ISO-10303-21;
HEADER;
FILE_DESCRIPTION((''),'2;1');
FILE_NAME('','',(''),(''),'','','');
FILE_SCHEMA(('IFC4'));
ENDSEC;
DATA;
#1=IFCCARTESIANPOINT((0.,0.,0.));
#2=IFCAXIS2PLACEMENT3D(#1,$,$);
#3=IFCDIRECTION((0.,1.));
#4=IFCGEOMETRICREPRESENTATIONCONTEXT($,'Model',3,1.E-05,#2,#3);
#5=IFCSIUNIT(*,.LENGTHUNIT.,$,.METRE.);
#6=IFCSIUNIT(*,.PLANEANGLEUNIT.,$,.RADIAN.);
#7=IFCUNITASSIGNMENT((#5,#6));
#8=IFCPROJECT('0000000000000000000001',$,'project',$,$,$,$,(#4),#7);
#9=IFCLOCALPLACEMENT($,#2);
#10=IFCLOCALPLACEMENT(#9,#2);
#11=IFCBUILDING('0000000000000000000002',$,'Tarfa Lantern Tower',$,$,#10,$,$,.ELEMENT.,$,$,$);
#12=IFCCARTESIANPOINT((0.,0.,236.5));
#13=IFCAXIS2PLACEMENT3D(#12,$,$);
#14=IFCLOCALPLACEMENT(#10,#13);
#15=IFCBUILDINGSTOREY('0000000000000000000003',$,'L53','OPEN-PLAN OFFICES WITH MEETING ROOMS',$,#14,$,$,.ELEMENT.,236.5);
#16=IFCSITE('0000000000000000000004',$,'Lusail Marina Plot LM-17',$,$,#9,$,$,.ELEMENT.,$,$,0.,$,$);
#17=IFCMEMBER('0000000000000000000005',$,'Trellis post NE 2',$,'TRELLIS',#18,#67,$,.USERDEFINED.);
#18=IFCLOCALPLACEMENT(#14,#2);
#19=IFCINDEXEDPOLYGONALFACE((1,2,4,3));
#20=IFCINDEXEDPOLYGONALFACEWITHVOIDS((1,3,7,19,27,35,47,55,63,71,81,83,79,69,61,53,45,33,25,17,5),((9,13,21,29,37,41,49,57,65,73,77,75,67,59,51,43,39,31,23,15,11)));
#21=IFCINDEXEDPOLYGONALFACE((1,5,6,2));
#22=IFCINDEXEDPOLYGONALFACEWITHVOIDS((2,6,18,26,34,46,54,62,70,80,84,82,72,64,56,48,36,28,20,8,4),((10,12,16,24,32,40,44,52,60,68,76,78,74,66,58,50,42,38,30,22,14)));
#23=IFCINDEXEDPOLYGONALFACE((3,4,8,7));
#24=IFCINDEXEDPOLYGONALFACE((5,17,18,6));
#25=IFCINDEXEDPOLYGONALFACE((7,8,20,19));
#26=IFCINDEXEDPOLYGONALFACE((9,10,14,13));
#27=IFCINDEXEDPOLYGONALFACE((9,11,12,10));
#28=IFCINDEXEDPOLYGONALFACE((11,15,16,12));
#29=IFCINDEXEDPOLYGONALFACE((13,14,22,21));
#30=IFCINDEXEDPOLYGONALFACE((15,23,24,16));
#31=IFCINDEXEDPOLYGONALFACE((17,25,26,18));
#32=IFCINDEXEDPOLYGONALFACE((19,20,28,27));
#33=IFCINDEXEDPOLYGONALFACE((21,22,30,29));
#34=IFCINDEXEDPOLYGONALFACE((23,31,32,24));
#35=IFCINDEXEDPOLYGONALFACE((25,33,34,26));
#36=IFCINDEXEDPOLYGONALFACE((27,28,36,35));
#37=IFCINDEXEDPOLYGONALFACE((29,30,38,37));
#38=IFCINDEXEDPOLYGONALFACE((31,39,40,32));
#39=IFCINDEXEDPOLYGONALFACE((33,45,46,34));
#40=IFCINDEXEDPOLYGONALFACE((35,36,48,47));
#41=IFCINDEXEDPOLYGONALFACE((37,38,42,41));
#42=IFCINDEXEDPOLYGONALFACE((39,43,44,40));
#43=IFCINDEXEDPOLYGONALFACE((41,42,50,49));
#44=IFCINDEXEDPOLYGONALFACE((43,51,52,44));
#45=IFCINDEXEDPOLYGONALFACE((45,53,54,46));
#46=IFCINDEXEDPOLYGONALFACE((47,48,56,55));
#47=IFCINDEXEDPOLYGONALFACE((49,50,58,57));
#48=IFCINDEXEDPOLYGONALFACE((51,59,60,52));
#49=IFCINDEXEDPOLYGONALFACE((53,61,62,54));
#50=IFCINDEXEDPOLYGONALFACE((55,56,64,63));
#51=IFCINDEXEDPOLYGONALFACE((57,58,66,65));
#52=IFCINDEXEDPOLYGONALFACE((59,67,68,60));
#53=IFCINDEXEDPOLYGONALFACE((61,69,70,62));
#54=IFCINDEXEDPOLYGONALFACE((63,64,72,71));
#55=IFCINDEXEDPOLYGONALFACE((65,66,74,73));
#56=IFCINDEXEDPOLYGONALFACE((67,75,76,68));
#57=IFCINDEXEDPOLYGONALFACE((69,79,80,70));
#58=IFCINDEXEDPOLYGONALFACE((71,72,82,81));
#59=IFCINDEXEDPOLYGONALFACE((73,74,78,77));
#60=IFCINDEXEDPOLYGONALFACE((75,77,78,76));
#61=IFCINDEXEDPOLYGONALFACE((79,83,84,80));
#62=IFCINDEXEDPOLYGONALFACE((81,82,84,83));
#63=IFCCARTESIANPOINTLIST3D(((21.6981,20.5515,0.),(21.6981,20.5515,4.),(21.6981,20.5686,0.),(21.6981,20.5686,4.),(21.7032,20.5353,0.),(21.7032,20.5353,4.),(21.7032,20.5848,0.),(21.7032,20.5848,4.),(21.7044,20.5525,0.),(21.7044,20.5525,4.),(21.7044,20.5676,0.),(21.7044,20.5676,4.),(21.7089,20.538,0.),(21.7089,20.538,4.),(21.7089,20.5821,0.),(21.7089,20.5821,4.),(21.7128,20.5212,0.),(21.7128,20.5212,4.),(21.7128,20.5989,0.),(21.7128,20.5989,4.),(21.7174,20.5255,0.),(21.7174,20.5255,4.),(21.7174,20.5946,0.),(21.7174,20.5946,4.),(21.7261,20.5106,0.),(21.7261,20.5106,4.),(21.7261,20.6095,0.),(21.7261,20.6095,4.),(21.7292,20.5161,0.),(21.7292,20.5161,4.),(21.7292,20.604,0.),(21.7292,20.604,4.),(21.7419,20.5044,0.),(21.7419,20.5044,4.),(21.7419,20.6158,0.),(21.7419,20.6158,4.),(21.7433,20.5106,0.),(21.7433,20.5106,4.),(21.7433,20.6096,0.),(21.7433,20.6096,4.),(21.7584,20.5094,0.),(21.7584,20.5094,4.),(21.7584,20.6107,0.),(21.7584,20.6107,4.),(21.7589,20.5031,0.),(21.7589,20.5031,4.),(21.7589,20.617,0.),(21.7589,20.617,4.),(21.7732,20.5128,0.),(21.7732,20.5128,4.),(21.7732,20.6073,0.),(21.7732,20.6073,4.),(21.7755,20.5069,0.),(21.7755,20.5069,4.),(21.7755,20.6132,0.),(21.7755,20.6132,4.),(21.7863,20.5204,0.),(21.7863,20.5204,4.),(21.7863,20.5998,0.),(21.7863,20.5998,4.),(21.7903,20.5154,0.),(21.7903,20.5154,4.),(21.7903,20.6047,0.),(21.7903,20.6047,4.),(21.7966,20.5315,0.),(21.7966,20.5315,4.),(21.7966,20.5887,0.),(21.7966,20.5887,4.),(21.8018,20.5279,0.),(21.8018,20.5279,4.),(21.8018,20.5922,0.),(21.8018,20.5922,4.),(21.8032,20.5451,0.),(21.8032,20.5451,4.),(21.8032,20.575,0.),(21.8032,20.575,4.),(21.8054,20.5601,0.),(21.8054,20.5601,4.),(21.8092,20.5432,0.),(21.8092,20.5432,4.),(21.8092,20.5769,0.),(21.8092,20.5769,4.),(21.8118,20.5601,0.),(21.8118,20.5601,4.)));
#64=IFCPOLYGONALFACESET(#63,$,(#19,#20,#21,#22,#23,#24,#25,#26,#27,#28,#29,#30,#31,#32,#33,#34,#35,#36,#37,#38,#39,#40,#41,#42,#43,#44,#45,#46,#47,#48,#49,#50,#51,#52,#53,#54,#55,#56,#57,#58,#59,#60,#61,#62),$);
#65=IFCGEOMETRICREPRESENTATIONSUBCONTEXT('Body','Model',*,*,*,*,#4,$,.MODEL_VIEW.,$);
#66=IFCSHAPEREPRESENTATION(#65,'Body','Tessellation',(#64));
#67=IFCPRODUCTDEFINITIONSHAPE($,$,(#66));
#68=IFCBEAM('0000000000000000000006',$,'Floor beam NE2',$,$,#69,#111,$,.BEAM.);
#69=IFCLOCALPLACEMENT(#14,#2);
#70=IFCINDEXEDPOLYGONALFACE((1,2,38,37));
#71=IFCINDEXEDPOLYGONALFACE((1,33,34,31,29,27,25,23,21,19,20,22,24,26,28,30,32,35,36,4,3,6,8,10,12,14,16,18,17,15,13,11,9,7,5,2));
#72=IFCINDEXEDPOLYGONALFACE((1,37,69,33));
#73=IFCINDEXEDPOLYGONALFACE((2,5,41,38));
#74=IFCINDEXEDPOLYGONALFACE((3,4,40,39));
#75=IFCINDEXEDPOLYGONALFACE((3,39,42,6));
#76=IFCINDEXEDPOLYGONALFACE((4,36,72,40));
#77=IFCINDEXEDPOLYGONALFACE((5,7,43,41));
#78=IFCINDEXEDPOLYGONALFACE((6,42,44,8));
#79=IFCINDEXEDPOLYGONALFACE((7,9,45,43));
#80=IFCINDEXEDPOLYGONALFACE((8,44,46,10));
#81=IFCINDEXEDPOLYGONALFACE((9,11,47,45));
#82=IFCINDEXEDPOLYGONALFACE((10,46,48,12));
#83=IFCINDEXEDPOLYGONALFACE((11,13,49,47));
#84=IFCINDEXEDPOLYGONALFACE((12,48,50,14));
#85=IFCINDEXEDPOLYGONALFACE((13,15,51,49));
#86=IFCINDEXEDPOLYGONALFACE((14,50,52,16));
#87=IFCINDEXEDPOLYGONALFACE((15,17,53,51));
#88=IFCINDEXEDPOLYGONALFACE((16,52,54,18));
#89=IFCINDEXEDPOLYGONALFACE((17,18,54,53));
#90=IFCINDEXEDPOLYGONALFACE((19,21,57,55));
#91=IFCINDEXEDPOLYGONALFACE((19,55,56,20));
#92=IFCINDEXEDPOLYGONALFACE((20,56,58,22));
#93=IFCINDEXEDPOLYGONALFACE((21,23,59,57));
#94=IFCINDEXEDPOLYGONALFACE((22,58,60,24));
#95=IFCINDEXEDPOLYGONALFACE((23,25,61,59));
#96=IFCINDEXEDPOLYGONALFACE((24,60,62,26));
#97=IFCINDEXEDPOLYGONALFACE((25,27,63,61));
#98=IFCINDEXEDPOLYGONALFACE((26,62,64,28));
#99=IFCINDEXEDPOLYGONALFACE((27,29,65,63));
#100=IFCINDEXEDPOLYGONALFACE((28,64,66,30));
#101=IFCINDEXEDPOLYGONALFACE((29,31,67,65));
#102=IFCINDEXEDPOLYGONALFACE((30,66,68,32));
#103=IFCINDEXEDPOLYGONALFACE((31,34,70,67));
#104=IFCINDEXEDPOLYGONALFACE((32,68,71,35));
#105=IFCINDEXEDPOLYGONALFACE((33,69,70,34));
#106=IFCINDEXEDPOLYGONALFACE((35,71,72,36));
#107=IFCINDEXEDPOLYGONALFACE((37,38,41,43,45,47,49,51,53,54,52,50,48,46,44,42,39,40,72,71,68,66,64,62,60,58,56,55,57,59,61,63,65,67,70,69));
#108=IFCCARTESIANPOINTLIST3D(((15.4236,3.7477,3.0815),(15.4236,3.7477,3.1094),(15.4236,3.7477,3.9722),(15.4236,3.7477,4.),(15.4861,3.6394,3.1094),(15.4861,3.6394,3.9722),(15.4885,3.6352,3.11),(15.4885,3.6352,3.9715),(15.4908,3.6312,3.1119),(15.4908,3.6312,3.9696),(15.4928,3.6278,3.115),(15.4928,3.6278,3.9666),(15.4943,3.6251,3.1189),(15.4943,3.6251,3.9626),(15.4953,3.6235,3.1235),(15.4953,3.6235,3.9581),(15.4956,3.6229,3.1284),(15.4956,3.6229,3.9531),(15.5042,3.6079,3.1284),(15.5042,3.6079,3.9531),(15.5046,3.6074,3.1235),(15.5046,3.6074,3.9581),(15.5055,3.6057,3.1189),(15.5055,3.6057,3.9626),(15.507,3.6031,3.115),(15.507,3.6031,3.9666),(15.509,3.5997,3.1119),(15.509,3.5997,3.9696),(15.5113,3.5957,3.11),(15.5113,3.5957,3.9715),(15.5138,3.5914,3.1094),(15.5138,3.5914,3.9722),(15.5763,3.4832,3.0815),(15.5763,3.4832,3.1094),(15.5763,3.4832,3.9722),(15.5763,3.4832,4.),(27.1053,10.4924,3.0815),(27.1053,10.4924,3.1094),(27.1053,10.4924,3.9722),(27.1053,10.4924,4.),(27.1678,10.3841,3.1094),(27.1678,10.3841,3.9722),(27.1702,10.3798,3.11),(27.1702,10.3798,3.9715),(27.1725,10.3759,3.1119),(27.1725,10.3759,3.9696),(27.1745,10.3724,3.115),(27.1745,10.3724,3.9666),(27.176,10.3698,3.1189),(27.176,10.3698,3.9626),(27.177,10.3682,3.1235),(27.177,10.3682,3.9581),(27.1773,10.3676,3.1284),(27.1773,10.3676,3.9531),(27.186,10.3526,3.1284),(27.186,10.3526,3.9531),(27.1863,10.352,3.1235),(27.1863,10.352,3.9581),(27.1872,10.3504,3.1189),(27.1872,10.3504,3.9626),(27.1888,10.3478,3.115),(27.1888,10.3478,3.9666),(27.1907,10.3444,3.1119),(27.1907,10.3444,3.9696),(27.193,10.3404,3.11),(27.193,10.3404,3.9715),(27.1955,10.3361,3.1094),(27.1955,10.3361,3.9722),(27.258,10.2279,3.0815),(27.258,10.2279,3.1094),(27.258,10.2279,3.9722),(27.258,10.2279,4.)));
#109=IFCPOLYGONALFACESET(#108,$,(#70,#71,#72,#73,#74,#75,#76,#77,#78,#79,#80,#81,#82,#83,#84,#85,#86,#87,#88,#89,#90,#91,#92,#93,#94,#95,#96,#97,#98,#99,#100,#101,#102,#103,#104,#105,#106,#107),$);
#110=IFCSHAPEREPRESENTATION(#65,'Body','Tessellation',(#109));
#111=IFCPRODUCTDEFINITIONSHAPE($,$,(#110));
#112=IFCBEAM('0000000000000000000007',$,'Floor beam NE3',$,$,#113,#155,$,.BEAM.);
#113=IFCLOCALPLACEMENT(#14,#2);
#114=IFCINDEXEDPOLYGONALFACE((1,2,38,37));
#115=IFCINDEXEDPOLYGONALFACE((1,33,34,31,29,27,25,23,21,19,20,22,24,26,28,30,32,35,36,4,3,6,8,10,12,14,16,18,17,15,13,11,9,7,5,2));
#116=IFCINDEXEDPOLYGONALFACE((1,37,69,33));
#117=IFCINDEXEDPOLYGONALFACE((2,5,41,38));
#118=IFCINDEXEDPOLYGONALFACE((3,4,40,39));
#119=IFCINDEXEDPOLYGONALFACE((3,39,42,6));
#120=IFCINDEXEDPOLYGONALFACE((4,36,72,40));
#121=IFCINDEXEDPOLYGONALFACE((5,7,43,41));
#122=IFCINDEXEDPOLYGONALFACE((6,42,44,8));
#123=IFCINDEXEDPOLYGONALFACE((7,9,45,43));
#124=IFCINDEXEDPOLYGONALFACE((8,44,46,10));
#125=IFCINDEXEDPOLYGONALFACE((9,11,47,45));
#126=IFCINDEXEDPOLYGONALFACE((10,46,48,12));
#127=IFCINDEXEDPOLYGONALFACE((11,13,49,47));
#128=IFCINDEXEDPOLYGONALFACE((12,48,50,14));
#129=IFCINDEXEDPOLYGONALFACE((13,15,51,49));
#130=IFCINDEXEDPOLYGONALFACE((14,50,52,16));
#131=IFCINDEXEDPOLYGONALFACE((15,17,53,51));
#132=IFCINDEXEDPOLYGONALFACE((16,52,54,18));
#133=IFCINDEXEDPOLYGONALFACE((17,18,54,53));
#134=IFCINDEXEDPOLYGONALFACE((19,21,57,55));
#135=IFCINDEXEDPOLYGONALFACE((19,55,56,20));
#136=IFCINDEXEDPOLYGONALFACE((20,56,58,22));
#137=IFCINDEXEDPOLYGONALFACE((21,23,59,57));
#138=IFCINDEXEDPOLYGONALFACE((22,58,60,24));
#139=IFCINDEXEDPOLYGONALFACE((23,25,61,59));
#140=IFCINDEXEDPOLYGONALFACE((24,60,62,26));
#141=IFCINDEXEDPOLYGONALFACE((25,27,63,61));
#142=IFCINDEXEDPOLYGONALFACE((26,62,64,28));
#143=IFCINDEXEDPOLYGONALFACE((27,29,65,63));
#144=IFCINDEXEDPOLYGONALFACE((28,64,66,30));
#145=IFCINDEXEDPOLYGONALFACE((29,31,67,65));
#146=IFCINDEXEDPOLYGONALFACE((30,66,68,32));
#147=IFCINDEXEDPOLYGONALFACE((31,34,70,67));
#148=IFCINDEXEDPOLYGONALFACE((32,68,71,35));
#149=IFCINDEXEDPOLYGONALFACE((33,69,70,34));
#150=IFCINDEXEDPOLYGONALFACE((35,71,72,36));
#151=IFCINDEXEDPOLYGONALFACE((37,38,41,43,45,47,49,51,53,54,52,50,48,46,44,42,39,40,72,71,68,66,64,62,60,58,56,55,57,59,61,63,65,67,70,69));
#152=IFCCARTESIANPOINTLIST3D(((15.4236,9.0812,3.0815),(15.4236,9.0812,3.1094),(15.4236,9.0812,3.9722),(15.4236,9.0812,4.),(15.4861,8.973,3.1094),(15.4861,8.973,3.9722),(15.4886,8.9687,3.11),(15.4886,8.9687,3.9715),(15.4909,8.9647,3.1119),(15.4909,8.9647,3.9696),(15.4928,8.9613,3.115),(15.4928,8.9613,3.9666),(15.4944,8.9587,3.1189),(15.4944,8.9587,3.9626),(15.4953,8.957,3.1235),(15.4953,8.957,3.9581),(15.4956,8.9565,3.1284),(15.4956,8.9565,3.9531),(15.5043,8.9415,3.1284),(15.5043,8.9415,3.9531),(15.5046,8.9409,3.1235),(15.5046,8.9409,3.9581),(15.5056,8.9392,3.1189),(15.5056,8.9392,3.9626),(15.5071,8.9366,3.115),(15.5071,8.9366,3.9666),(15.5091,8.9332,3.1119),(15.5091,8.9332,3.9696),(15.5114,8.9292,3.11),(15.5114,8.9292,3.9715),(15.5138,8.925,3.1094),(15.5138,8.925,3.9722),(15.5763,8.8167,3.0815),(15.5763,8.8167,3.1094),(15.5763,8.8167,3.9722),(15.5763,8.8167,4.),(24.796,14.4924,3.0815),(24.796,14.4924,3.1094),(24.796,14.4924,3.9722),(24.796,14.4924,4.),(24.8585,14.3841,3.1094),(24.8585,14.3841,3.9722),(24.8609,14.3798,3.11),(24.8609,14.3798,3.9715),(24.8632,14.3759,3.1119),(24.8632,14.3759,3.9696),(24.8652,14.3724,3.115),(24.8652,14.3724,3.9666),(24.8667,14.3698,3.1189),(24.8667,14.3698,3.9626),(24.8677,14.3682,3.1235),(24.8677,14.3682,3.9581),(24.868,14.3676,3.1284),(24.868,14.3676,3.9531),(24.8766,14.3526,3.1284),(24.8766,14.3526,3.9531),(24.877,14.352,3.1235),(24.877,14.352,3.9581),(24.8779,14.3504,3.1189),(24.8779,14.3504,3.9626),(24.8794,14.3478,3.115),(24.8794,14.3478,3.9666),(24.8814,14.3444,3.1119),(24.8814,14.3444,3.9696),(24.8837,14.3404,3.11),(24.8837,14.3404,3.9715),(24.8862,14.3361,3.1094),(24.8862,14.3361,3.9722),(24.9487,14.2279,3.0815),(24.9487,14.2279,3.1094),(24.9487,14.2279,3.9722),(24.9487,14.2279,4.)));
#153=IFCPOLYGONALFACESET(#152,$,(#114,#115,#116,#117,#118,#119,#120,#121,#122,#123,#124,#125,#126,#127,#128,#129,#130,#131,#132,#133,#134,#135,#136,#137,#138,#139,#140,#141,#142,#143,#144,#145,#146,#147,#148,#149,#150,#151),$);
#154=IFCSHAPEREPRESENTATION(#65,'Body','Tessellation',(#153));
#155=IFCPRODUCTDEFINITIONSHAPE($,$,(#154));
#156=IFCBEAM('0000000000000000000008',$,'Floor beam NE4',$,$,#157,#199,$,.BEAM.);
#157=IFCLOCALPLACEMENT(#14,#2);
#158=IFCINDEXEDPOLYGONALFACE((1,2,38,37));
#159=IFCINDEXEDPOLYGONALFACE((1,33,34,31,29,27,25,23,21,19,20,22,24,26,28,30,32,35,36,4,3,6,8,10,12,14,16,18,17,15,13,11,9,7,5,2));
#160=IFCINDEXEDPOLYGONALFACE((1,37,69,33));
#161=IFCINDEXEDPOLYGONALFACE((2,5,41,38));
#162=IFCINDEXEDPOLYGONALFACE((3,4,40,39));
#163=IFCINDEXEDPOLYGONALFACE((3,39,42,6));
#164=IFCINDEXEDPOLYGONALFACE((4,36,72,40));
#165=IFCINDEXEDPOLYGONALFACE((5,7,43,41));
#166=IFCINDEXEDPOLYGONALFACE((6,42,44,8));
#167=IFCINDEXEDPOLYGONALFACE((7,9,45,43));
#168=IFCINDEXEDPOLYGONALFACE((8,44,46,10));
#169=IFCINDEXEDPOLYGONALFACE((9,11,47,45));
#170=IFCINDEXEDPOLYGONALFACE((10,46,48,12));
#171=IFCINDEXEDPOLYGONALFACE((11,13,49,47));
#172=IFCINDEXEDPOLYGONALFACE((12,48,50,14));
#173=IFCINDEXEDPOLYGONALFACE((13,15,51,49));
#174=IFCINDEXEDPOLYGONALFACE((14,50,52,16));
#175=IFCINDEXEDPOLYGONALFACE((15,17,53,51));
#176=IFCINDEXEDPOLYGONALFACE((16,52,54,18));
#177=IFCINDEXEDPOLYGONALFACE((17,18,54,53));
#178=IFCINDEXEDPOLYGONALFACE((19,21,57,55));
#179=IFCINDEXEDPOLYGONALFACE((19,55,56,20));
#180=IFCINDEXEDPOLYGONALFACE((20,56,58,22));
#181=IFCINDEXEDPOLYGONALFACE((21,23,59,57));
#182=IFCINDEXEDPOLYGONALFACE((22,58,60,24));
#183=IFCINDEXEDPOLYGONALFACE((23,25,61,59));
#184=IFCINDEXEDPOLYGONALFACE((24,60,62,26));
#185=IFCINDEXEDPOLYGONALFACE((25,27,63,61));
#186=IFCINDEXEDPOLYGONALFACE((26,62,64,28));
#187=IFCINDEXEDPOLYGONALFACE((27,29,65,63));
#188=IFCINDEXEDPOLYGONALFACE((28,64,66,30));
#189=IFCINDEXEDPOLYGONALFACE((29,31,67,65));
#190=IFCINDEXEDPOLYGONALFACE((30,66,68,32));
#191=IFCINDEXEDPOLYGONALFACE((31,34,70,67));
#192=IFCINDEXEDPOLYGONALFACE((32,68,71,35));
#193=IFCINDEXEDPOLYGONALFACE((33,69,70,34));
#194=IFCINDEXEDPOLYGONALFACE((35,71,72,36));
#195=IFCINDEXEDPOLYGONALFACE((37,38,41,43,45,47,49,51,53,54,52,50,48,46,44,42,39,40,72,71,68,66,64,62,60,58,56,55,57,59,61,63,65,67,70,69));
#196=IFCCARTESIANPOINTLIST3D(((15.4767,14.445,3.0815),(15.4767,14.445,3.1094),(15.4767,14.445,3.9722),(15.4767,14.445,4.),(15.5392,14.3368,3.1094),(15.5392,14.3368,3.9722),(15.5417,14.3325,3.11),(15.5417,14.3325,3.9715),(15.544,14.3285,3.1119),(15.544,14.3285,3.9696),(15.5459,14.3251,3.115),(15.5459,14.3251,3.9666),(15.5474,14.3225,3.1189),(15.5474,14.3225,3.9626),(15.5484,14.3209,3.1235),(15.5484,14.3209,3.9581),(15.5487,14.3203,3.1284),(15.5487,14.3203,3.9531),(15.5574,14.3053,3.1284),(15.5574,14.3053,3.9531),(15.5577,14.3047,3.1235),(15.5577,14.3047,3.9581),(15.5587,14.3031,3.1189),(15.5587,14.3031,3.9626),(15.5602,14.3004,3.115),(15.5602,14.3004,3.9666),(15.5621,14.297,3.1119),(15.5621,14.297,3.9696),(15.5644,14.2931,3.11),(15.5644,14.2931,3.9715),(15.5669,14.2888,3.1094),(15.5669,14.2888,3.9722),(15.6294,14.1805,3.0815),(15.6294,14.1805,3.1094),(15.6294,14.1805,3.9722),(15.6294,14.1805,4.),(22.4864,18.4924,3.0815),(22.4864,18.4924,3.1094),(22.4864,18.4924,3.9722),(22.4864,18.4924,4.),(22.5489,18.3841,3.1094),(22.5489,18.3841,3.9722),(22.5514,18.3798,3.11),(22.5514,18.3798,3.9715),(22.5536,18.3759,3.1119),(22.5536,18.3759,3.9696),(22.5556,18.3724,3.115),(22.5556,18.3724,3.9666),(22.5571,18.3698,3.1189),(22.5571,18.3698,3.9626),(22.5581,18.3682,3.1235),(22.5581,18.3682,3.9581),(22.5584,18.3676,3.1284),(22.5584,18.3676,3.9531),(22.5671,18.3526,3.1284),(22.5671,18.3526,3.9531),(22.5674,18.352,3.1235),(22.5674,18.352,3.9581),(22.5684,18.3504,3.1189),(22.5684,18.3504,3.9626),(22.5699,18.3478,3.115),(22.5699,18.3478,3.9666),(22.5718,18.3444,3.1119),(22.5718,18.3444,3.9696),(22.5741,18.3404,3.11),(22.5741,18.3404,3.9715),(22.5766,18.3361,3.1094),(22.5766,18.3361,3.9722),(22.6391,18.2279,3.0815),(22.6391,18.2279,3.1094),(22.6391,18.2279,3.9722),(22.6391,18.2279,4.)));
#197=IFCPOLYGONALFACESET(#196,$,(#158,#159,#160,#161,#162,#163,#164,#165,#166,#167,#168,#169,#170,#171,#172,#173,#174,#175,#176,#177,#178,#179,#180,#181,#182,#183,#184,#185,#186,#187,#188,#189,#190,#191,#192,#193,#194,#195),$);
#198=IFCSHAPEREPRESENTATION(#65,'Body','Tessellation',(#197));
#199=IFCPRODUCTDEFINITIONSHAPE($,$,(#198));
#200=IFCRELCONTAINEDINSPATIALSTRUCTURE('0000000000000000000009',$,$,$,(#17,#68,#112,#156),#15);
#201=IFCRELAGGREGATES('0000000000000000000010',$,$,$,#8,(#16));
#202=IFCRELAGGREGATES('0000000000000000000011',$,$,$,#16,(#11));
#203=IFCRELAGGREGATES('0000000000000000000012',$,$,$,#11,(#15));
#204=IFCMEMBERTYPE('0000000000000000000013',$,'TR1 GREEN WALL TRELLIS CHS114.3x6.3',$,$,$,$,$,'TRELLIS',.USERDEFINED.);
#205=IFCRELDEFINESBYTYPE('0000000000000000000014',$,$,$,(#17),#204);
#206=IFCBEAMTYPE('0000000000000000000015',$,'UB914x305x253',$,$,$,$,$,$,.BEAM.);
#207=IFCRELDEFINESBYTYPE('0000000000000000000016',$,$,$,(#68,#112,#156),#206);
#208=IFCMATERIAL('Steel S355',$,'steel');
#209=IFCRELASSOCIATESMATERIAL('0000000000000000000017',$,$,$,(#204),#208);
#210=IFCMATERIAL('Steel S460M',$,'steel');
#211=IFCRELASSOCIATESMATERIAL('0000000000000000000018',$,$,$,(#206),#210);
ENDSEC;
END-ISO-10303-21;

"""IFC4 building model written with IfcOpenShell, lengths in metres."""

from ifc_helpers import new_model, si_unit, direction, frame, origin, origin_2d, place, context, subcontext, project, spatial, hollow_circle, i_section, extrude, material, material_profile, profile_set, type_object, element, save


model = new_model("IFC4")

# Units and contexts
model_context = context("Model", 3, precision=1e-05, world=origin(), true_north=direction((0.0, 1.0)))
body_context = subcontext(model_context, "Body", "Model", "MODEL_VIEW")
ifc_project = project(units=[si_unit("LENGTHUNIT", "METRE"), si_unit("PLANEANGLEUNIT", "RADIAN")], contexts=[model_context])

# Site, building, storey
site_placement = place(None, origin())
site = spatial("IfcSite", under=ifc_project, at=site_placement, Name="Lusail Marina Plot LM-17", CompositionType="ELEMENT", RefElevation=0.0)
building_placement = place(site_placement, origin())
building = spatial("IfcBuilding", under=site, at=building_placement, Name="Tarfa Lantern Tower", CompositionType="ELEMENT")
storey_placement = place(building_placement, frame((0.0, 0.0, 236.5)))
storey = spatial("IfcBuildingStorey", under=building, at=storey_placement, Name="L53", Description="OPEN-PLAN OFFICES WITH MEETING ROOMS", CompositionType="ELEMENT", Elevation=236.5)

# Member
ifc_material_1 = material(Name="Steel S355", Category="steel")
ifc_material_profile_1 = material_profile(ifc_material_1, hollow_circle(Radius=0.0571, WallThickness=0.0063, at=origin_2d()), Name="CHS114.3x6.3")
ifc_profile_set_1 = profile_set([ifc_material_profile_1], Name="Steel S355")
member_type_1 = type_object("IfcMemberType", Name="TR1 GREEN WALL TRELLIS CHS114.3x6.3", ElementType="TRELLIS", PredefinedType="USERDEFINED", material=ifc_profile_set_1)
member_1_placement = place(storey_placement, frame((21.7546, 20.5601, 0.0), z_axis=(0.0, 0.0, 1.0), x_axis=(1.0, 0.0, 0.0)))
element("IfcMember", 1, at=member_1_placement, inside=storey, type_object=member_type_1, Name="Trellis post NE 2", ObjectType="TRELLIS", PredefinedType="USERDEFINED", context=body_context, shape_type="SweptSolid", body=[
    extrude(hollow_circle(Radius=0.0571, WallThickness=0.0063, at=origin_2d()), origin(), (0.0, 0.0, 1.0), 4.0),
])

# Beams
ifc_material_2 = material(Name="Steel S460M", Category="steel")
ifc_material_profile_2 = material_profile(ifc_material_2, i_section(OverallWidth=0.3054, OverallDepth=0.9185, WebThickness=0.0173, FlangeThickness=0.0278, FilletRadius=0.019, at=origin_2d()), Name="UB914x305x253")
ifc_profile_set_2 = profile_set([ifc_material_profile_2], Name="Steel S460M")
beam_type_1 = type_object("IfcBeamType", Name="UB914x305x253", PredefinedType="BEAM", material=ifc_profile_set_2)
beam_1_placement = place(storey_placement, frame((27.1816, 10.3601, 3.5408), z_axis=(-0.866018, -0.500013, 0.0), x_axis=(0.500013, -0.866018, 0.0)))
element("IfcBeam", 2, at=beam_1_placement, inside=storey, type_object=beam_type_1, Name="Floor beam NE2", PredefinedType="BEAM", context=body_context, shape_type="SweptSolid", body=[
    extrude(i_section(OverallWidth=0.3054, OverallDepth=0.9185, WebThickness=0.0173, FlangeThickness=0.0278, FilletRadius=0.019, at=origin_2d()), origin(), (0.0, 0.0, 1.0), 13.489),
])
beam_2_placement = place(storey_placement, frame((24.8723, 14.3601, 3.5408), z_axis=(-0.866024, -0.500002, 0.0), x_axis=(0.500002, -0.866024, 0.0)))
element("IfcBeam", 3, at=beam_2_placement, inside=storey, type_object=beam_type_1, Name="Floor beam NE3", PredefinedType="BEAM", context=body_context, shape_type="SweptSolid", body=[
    extrude(i_section(OverallWidth=0.3054, OverallDepth=0.9185, WebThickness=0.0173, FlangeThickness=0.0278, FilletRadius=0.019, at=origin_2d()), origin(), (0.0, 0.0, 1.0), 10.8223),
])
beam_3_placement = place(storey_placement, frame((22.5627, 18.3601, 3.5408), z_axis=(-0.866011, -0.500025, 0.0), x_axis=(0.500025, -0.866011, 0.0)))
element("IfcBeam", 4, at=beam_3_placement, inside=storey, type_object=beam_type_1, Name="Floor beam NE4", PredefinedType="BEAM", context=body_context, shape_type="SweptSolid", body=[
    extrude(i_section(OverallWidth=0.3054, OverallDepth=0.9185, WebThickness=0.0173, FlangeThickness=0.0278, FilletRadius=0.019, at=origin_2d()), origin(), (0.0, 0.0, 1.0), 8.0942),
])

save(model, "model.ifc")
